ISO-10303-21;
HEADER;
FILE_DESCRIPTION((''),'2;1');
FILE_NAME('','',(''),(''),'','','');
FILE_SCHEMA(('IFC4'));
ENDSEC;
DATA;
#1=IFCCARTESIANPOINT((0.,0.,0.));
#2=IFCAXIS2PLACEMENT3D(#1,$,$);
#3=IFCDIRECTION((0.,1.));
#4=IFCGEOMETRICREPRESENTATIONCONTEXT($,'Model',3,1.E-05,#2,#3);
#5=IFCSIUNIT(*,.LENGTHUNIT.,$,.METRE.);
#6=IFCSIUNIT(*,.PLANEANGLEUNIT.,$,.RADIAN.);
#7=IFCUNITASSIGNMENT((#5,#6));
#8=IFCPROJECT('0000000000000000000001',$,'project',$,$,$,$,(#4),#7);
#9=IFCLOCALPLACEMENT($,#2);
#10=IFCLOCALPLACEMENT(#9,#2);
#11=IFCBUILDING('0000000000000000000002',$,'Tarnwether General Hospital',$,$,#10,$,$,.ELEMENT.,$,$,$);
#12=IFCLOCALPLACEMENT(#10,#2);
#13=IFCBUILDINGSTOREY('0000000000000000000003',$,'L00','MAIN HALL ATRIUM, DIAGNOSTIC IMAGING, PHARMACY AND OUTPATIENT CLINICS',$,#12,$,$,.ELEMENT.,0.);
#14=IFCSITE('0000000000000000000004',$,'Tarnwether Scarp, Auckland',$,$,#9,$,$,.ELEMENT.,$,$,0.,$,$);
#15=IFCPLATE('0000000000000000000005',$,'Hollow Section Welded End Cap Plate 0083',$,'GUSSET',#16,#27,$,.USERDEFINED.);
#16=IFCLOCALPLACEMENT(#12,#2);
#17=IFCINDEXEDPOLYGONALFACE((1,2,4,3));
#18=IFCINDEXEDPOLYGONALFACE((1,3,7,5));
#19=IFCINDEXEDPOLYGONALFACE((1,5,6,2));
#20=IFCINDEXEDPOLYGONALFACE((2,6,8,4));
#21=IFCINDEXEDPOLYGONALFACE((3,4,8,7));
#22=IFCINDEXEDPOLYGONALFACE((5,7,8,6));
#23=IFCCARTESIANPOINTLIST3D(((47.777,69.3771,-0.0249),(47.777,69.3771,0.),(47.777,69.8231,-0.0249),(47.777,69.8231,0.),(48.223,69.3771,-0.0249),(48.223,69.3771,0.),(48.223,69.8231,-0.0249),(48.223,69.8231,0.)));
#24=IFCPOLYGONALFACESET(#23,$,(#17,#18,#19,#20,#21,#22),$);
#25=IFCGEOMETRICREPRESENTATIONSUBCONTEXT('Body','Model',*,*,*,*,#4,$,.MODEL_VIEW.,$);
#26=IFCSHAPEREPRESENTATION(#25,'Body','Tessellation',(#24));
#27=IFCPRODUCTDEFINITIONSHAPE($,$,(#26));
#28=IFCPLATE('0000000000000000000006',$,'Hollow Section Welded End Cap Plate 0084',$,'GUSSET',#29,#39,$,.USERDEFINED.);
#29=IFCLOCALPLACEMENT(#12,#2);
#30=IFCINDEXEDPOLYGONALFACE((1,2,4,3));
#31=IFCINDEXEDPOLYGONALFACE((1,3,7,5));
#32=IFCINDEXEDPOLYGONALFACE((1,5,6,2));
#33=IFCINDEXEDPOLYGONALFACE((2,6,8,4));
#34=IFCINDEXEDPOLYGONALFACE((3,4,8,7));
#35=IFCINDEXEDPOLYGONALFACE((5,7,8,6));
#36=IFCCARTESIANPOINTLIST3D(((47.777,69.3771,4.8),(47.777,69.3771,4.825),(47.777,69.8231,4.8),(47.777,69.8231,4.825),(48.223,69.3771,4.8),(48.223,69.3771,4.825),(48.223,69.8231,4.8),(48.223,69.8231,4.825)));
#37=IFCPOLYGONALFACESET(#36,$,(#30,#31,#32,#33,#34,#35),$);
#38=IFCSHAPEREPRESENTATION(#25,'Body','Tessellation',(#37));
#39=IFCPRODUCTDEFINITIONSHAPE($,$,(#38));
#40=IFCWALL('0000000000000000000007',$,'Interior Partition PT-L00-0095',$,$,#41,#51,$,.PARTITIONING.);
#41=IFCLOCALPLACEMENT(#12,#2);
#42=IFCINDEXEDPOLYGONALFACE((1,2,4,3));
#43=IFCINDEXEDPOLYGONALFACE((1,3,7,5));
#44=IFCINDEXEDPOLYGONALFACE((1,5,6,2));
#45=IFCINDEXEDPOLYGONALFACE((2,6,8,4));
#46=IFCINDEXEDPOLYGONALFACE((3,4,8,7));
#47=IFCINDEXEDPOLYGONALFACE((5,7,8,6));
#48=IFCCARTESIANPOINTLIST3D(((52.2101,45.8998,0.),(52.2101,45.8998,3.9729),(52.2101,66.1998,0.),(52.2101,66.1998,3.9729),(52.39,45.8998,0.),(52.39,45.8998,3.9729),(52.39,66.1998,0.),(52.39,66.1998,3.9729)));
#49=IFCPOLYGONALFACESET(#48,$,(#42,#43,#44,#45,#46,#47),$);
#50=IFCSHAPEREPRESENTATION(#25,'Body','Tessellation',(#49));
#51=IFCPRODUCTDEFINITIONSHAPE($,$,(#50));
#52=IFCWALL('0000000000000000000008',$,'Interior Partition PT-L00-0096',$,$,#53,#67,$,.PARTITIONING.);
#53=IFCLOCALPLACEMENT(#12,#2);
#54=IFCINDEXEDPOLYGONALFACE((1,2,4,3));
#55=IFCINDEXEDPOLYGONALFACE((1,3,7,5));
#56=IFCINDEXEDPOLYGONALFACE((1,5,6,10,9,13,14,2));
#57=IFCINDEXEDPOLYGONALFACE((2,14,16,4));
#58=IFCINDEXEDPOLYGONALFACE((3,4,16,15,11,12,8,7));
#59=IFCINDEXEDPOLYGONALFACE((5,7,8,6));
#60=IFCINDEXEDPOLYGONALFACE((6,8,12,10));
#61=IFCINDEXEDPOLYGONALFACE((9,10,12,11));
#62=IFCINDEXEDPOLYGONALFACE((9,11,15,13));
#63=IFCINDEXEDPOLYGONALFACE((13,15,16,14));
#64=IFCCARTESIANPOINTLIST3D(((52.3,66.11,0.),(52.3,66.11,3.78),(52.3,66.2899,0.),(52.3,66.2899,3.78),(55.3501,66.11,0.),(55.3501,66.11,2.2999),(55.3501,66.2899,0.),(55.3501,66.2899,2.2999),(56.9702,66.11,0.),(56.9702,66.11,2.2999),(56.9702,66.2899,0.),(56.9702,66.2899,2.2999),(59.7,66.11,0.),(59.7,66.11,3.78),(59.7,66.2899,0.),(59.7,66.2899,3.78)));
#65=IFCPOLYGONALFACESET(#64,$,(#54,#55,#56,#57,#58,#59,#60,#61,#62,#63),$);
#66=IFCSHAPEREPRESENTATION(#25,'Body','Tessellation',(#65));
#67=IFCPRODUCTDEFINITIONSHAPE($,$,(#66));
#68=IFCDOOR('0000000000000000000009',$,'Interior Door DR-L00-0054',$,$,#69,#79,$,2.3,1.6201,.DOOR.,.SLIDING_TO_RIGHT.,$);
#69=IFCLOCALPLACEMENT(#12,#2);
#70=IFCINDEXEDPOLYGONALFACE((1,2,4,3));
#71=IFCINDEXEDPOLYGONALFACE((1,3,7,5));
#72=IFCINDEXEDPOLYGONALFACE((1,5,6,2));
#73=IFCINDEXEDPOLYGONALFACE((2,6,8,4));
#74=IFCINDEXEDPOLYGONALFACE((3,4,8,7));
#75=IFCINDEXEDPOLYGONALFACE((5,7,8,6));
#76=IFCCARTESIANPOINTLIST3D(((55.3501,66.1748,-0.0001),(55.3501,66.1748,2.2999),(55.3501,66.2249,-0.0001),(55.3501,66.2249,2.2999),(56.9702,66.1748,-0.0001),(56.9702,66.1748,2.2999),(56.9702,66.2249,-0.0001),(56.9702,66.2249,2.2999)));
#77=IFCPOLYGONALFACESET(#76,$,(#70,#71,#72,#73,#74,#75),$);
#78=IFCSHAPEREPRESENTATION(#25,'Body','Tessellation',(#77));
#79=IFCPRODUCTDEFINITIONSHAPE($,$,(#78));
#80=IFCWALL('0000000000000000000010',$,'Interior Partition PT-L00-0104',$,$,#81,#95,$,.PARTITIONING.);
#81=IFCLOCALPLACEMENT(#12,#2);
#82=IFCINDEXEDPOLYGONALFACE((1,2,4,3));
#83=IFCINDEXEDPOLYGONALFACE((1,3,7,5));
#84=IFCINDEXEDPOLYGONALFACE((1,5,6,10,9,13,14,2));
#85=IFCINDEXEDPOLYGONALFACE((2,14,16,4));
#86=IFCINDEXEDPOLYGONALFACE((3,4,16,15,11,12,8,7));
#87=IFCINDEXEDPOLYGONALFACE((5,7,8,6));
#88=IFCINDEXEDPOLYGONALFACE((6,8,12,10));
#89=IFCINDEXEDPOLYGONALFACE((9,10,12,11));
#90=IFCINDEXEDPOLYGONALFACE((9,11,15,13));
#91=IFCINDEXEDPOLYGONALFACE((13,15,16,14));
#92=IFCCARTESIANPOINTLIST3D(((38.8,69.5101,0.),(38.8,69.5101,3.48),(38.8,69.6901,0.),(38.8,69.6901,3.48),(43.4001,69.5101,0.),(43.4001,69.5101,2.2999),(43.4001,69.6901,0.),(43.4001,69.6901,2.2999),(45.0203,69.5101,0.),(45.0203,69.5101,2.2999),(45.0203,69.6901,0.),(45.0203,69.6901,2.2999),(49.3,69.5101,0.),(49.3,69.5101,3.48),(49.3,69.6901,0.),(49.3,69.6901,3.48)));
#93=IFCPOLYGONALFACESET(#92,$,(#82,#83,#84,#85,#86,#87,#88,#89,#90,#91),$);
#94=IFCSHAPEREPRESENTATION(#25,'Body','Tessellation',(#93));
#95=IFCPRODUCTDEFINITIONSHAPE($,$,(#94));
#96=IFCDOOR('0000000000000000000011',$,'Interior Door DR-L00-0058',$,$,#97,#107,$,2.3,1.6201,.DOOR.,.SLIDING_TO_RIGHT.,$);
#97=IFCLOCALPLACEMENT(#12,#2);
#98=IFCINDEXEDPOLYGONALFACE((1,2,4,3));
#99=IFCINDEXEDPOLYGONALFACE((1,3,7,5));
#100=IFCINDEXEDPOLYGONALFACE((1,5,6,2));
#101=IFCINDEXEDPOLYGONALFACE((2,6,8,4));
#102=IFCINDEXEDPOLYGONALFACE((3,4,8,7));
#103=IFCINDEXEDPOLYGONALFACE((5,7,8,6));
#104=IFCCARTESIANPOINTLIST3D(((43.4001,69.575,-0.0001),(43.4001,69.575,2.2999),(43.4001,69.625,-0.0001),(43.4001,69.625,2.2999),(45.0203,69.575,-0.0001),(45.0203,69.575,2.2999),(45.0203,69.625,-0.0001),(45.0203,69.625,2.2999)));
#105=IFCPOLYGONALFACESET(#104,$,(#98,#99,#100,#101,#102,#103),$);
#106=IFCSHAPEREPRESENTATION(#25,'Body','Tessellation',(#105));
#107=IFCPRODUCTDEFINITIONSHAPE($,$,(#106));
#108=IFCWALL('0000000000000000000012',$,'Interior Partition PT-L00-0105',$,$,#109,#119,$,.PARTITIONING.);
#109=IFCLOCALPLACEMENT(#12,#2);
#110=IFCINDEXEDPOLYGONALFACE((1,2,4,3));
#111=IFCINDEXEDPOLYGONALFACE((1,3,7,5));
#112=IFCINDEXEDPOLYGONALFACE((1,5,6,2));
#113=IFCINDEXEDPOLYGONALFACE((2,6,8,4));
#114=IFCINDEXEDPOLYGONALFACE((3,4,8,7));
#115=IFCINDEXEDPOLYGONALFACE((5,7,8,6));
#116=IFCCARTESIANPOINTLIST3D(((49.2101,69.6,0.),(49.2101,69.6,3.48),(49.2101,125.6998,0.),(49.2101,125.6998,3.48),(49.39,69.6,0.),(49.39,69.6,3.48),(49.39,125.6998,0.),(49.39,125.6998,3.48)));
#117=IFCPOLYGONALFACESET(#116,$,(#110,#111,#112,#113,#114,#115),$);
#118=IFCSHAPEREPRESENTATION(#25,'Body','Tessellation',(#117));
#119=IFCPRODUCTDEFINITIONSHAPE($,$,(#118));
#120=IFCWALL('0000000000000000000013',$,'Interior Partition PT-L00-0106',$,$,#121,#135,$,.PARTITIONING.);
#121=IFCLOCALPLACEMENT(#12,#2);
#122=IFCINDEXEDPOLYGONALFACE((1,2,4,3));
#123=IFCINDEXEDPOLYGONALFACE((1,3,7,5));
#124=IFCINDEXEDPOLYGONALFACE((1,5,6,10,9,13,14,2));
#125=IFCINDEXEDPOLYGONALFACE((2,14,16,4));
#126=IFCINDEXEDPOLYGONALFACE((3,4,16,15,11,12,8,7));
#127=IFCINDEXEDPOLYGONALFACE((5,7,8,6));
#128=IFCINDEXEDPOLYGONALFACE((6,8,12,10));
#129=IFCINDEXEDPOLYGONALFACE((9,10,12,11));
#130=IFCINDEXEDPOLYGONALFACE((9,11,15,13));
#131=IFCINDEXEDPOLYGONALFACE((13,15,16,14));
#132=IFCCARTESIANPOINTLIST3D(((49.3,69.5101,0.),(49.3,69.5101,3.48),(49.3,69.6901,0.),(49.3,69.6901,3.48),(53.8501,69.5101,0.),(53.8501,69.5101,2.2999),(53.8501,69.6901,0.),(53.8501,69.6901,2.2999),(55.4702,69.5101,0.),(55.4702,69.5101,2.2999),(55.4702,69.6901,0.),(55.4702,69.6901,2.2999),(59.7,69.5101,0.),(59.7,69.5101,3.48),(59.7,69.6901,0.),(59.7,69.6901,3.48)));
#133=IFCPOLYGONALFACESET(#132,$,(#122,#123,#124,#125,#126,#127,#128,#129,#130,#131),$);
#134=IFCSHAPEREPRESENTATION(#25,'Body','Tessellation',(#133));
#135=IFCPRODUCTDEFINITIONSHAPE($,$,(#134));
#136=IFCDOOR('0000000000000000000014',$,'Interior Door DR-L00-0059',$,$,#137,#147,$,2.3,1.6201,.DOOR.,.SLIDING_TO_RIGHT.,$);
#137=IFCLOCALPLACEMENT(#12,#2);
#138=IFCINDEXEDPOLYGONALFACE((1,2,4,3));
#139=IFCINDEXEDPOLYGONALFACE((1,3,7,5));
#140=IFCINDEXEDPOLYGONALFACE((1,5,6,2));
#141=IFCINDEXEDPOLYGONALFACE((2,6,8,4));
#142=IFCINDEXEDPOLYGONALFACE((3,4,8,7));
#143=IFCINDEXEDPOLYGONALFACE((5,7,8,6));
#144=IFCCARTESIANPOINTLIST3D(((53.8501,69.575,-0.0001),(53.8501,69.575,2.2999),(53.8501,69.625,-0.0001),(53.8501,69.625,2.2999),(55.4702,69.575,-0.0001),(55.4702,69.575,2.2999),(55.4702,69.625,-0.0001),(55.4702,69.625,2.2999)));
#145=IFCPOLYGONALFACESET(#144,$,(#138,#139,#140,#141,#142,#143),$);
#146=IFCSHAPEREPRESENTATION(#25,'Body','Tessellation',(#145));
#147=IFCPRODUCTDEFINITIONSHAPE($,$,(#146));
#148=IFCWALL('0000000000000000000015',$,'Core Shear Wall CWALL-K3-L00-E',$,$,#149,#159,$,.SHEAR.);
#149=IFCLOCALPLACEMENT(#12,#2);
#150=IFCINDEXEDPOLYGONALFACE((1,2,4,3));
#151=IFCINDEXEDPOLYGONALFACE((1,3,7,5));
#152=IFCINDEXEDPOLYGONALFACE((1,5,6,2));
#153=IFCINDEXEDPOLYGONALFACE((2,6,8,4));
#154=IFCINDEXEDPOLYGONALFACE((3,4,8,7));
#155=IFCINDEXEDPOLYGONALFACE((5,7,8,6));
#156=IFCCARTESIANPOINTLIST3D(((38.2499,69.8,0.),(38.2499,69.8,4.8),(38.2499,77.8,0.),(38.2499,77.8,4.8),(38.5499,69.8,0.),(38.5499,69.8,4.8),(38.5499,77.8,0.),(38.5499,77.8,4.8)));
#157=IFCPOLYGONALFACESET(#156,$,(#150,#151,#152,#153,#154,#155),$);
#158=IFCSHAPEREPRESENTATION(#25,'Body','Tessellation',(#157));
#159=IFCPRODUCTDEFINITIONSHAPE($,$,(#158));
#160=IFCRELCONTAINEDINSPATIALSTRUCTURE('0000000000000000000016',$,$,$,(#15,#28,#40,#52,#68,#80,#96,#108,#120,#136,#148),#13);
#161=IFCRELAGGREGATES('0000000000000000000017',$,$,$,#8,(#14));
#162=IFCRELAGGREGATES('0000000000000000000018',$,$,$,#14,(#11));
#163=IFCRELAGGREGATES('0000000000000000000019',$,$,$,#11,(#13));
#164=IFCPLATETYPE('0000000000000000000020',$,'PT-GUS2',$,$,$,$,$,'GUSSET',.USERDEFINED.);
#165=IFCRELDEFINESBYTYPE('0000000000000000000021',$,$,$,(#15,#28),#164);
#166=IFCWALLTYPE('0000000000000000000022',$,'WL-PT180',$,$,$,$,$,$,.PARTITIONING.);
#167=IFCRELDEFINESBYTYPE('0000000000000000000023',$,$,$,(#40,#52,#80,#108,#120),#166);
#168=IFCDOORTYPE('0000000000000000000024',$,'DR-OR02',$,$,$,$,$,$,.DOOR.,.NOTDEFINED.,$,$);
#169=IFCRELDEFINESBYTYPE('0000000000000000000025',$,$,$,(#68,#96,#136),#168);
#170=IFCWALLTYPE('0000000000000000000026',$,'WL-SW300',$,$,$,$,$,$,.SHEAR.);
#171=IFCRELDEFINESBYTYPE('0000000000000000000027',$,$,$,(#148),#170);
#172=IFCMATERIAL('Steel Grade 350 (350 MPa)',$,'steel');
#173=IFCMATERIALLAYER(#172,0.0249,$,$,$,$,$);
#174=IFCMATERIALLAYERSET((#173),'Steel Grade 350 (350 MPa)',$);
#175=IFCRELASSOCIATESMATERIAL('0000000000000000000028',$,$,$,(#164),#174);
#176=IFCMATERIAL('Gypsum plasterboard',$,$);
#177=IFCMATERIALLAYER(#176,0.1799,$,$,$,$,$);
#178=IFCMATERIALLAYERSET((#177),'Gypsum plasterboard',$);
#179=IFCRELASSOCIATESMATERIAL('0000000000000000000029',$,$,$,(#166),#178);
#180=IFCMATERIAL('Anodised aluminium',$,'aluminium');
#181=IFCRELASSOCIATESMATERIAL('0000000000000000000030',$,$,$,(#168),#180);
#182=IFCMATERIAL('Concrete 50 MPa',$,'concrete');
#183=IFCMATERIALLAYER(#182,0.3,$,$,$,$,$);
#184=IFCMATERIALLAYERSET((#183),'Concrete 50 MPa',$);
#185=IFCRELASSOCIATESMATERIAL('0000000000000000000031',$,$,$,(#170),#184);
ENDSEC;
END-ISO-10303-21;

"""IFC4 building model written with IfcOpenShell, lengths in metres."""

from ifc_helpers import new_model, si_unit, direction, frame, frame_2d, origin, origin_2d, place, context, subcontext, project, spatial, rectangle, extrude, material, layer, layer_set, type_object, element, fill, save


model = new_model("IFC4")

# Units and contexts
model_context = context("Model", 3, precision=1e-05, world=origin(), true_north=direction((0.0, 1.0)))
body_context = subcontext(model_context, "Body", "Model", "MODEL_VIEW")
ifc_project = project(units=[si_unit("LENGTHUNIT", "METRE"), si_unit("PLANEANGLEUNIT", "RADIAN")], contexts=[model_context])

# Site, building, storey
site_placement = place(None, origin())
site = spatial("IfcSite", under=ifc_project, at=site_placement, Name="Tarnwether Scarp, Auckland", CompositionType="ELEMENT", RefElevation=0.0)
building_placement = place(site_placement, origin())
building = spatial("IfcBuilding", under=site, at=building_placement, Name="Tarnwether General Hospital", CompositionType="ELEMENT")
storey_placement = place(building_placement, origin())
storey = spatial("IfcBuildingStorey", under=building, at=storey_placement, Name="L00", Description="MAIN HALL ATRIUM, DIAGNOSTIC IMAGING, PHARMACY AND OUTPATIENT CLINICS", CompositionType="ELEMENT", Elevation=0.0)

# Plates
ifc_material_1 = material(Name="Steel Grade 350 (350 MPa)", Category="steel")
ifc_layer_1 = layer(ifc_material_1, 0.0249)
ifc_layer_set_1 = layer_set([ifc_layer_1], Name="Steel Grade 350 (350 MPa)")
plate_type = type_object("IfcPlateType", Name="PT-GUS2", ElementType="GUSSET", PredefinedType="USERDEFINED", material=ifc_layer_set_1)
for number, where, z_axis, x_axis, name in (
    (1, (48.0, 69.6001, -0.0249), (0.0, 0.0, 1.0), (1.0, 0.0, 0.0), "Hollow Section Welded End Cap Plate 0083"),
    (2, (48.0, 69.6001, 4.8), (0.0, 0.0, 1.0), (1.0, 0.0, 0.0), "Hollow Section Welded End Cap Plate 0084"),
):
    element("IfcPlate", number, at=place(storey_placement, frame(where, z_axis=z_axis, x_axis=x_axis)), inside=storey, type_object=plate_type, Name=name, ObjectType="GUSSET", PredefinedType="USERDEFINED", context=body_context, shape_type="SweptSolid", body=[
        extrude(rectangle(XDim=0.446, YDim=0.446, at=origin_2d()), origin(), (0.0, 0.0, 1.0), 0.0249),
    ])

# Wall
ifc_material_2 = material(Name="Gypsum plasterboard")
ifc_layer_2 = layer(ifc_material_2, 0.1799)
ifc_layer_set_2 = layer_set([ifc_layer_2], Name="Gypsum plasterboard")
wall_type_1 = type_object("IfcWallType", Name="WL-PT180", PredefinedType="PARTITIONING", material=ifc_layer_set_2)
wall_1_placement = place(storey_placement, frame((52.3, 45.8999, 0.0), z_axis=(0.0, 0.0, 1.0), x_axis=(0.0, 1.0, 0.0)))
element("IfcWall", 3, at=wall_1_placement, inside=storey, type_object=wall_type_1, Name="Interior Partition PT-L00-0095", PredefinedType="PARTITIONING", context=body_context, shape_type="SweptSolid", body=[
    extrude(rectangle(XDim=20.3, YDim=0.1799, at=frame_2d((10.1499, 0.0))), origin(), (0.0, 0.0, 1.0), 3.9729),
])

# Walls, openings, doors
wall_2_placement = place(storey_placement, frame((52.3, 66.2, 0.0), z_axis=(0.0, 0.0, 1.0), x_axis=(1.0, 0.0, 0.0)))
wall_2 = element("IfcWall", 4, at=wall_2_placement, inside=storey, type_object=wall_type_1, Name="Interior Partition PT-L00-0096", PredefinedType="PARTITIONING", context=body_context, shape_type="SweptSolid", body=[
    extrude(rectangle(XDim=7.3999, YDim=0.1799, at=frame_2d((3.7, 0.0))), origin(), (0.0, 0.0, 1.0), 3.78),
])
opening_1_placement = place(wall_2_placement, frame((3.05, 0.0, 0.0)))
opening_1 = element("IfcOpeningElement", 5, at=opening_1_placement, cuts=wall_2, PredefinedType="OPENING", context=body_context, shape_type="SweptSolid", body=[
    extrude(rectangle(XDim=1.6201, YDim=2.3, at=frame_2d((0.8101, 1.1499))), frame((0.0, 0.1001, 0.0), z_axis=(0.0, -1.0, 0.0), x_axis=(1.0, 0.0, 0.0)), (0.0, 0.0, 1.0), 0.2),
])
ifc_material_3 = material(Name="Anodised aluminium", Category="aluminium")
door_type_1 = type_object("IfcDoorType", Name="DR-OR02", OperationType="NOTDEFINED", PredefinedType="DOOR", material=ifc_material_3)
door_1_placement = place(opening_1_placement, origin())
door_1 = element("IfcDoor", 6, at=door_1_placement, inside=storey, type_object=door_type_1, Name="Interior Door DR-L00-0054", OperationType="SLIDING_TO_RIGHT", OverallHeight=2.3, OverallWidth=1.6201, PredefinedType="DOOR", context=body_context, shape_type="SweptSolid", body=[
    extrude(rectangle(XDim=1.6201, YDim=2.3, at=frame_2d((0.8101, 1.1499))), frame((0.0, 0.0249, 0.0), z_axis=(0.0, -1.0, 0.0), x_axis=(1.0, 0.0, 0.0)), (0.0, 0.0, 1.0), 0.05),
])
fill(opening_1, door_1)
wall_3_placement = place(storey_placement, frame((38.8, 69.6001, 0.0), z_axis=(0.0, 0.0, 1.0), x_axis=(1.0, 0.0, 0.0)))
wall_3 = element("IfcWall", 7, at=wall_3_placement, inside=storey, type_object=wall_type_1, Name="Interior Partition PT-L00-0104", PredefinedType="PARTITIONING", context=body_context, shape_type="SweptSolid", body=[
    extrude(rectangle(XDim=10.5, YDim=0.1799, at=frame_2d((5.25, 0.0))), origin(), (0.0, 0.0, 1.0), 3.48),
])
opening_2_placement = place(wall_3_placement, frame((4.6001, 0.0, 0.0)))
opening_2 = element("IfcOpeningElement", 8, at=opening_2_placement, cuts=wall_3, PredefinedType="OPENING", context=body_context, shape_type="SweptSolid", body=[
    extrude(rectangle(XDim=1.6201, YDim=2.3, at=frame_2d((0.8101, 1.1499))), frame((0.0, 0.1001, 0.0), z_axis=(0.0, -1.0, 0.0), x_axis=(1.0, 0.0, 0.0)), (0.0, 0.0, 1.0), 0.2),
])
door_2_placement = place(opening_2_placement, origin())
door_2 = element("IfcDoor", 9, at=door_2_placement, inside=storey, type_object=door_type_1, Name="Interior Door DR-L00-0058", OperationType="SLIDING_TO_RIGHT", OverallHeight=2.3, OverallWidth=1.6201, PredefinedType="DOOR", context=body_context, shape_type="SweptSolid", body=[
    extrude(rectangle(XDim=1.6201, YDim=2.3, at=frame_2d((0.8101, 1.1499))), frame((0.0, 0.0249, 0.0), z_axis=(0.0, -1.0, 0.0), x_axis=(1.0, 0.0, 0.0)), (0.0, 0.0, 1.0), 0.05),
])
fill(opening_2, door_2)

# Wall
wall_4_placement = place(storey_placement, frame((49.3, 69.6001, 0.0), z_axis=(0.0, 0.0, 1.0), x_axis=(0.0, 1.0, 0.0)))
element("IfcWall", 10, at=wall_4_placement, inside=storey, type_object=wall_type_1, Name="Interior Partition PT-L00-0105", PredefinedType="PARTITIONING", context=body_context, shape_type="SweptSolid", body=[
    extrude(rectangle(XDim=56.0999, YDim=0.1799, at=frame_2d((28.0498, 0.0))), origin(), (0.0, 0.0, 1.0), 3.48),
])

# Wall, opening, door
wall_5_placement = place(storey_placement, frame((49.3, 69.6001, 0.0), z_axis=(0.0, 0.0, 1.0), x_axis=(1.0, 0.0, 0.0)))
wall_5 = element("IfcWall", 11, at=wall_5_placement, inside=storey, type_object=wall_type_1, Name="Interior Partition PT-L00-0106", PredefinedType="PARTITIONING", context=body_context, shape_type="SweptSolid", body=[
    extrude(rectangle(XDim=10.3999, YDim=0.1799, at=frame_2d((5.2, 0.0))), origin(), (0.0, 0.0, 1.0), 3.48),
])
opening_3_placement = place(wall_5_placement, frame((4.55, 0.0, 0.0)))
opening_3 = element("IfcOpeningElement", 12, at=opening_3_placement, cuts=wall_5, PredefinedType="OPENING", context=body_context, shape_type="SweptSolid", body=[
    extrude(rectangle(XDim=1.6201, YDim=2.3, at=frame_2d((0.8101, 1.1499))), frame((0.0, 0.1001, 0.0), z_axis=(0.0, -1.0, 0.0), x_axis=(1.0, 0.0, 0.0)), (0.0, 0.0, 1.0), 0.2),
])
door_3_placement = place(opening_3_placement, origin())
door_3 = element("IfcDoor", 13, at=door_3_placement, inside=storey, type_object=door_type_1, Name="Interior Door DR-L00-0059", OperationType="SLIDING_TO_RIGHT", OverallHeight=2.3, OverallWidth=1.6201, PredefinedType="DOOR", context=body_context, shape_type="SweptSolid", body=[
    extrude(rectangle(XDim=1.6201, YDim=2.3, at=frame_2d((0.8101, 1.1499))), frame((0.0, 0.0249, 0.0), z_axis=(0.0, -1.0, 0.0), x_axis=(1.0, 0.0, 0.0)), (0.0, 0.0, 1.0), 0.05),
])
fill(opening_3, door_3)

# Wall
ifc_material_4 = material(Name="Concrete 50 MPa", Category="concrete")
ifc_layer_3 = layer(ifc_material_4, 0.3)
ifc_layer_set_3 = layer_set([ifc_layer_3], Name="Concrete 50 MPa")
wall_type_2 = type_object("IfcWallType", Name="WL-SW300", PredefinedType="SHEAR", material=ifc_layer_set_3)
wall_6_placement = place(storey_placement, frame((38.3999, 77.8, 0.0), z_axis=(0.0, 0.0, 1.0), x_axis=(0.0, -1.0, 0.0)))
element("IfcWall", 14, at=wall_6_placement, inside=storey, type_object=wall_type_2, Name="Core Shear Wall CWALL-K3-L00-E", PredefinedType="SHEAR", context=body_context, shape_type="SweptSolid", body=[
    extrude(rectangle(XDim=8.0, YDim=0.3, at=frame_2d((4.0, 0.0))), origin(), (0.0, 0.0, 1.0), 4.8),
])

save(model, "model.ifc")
